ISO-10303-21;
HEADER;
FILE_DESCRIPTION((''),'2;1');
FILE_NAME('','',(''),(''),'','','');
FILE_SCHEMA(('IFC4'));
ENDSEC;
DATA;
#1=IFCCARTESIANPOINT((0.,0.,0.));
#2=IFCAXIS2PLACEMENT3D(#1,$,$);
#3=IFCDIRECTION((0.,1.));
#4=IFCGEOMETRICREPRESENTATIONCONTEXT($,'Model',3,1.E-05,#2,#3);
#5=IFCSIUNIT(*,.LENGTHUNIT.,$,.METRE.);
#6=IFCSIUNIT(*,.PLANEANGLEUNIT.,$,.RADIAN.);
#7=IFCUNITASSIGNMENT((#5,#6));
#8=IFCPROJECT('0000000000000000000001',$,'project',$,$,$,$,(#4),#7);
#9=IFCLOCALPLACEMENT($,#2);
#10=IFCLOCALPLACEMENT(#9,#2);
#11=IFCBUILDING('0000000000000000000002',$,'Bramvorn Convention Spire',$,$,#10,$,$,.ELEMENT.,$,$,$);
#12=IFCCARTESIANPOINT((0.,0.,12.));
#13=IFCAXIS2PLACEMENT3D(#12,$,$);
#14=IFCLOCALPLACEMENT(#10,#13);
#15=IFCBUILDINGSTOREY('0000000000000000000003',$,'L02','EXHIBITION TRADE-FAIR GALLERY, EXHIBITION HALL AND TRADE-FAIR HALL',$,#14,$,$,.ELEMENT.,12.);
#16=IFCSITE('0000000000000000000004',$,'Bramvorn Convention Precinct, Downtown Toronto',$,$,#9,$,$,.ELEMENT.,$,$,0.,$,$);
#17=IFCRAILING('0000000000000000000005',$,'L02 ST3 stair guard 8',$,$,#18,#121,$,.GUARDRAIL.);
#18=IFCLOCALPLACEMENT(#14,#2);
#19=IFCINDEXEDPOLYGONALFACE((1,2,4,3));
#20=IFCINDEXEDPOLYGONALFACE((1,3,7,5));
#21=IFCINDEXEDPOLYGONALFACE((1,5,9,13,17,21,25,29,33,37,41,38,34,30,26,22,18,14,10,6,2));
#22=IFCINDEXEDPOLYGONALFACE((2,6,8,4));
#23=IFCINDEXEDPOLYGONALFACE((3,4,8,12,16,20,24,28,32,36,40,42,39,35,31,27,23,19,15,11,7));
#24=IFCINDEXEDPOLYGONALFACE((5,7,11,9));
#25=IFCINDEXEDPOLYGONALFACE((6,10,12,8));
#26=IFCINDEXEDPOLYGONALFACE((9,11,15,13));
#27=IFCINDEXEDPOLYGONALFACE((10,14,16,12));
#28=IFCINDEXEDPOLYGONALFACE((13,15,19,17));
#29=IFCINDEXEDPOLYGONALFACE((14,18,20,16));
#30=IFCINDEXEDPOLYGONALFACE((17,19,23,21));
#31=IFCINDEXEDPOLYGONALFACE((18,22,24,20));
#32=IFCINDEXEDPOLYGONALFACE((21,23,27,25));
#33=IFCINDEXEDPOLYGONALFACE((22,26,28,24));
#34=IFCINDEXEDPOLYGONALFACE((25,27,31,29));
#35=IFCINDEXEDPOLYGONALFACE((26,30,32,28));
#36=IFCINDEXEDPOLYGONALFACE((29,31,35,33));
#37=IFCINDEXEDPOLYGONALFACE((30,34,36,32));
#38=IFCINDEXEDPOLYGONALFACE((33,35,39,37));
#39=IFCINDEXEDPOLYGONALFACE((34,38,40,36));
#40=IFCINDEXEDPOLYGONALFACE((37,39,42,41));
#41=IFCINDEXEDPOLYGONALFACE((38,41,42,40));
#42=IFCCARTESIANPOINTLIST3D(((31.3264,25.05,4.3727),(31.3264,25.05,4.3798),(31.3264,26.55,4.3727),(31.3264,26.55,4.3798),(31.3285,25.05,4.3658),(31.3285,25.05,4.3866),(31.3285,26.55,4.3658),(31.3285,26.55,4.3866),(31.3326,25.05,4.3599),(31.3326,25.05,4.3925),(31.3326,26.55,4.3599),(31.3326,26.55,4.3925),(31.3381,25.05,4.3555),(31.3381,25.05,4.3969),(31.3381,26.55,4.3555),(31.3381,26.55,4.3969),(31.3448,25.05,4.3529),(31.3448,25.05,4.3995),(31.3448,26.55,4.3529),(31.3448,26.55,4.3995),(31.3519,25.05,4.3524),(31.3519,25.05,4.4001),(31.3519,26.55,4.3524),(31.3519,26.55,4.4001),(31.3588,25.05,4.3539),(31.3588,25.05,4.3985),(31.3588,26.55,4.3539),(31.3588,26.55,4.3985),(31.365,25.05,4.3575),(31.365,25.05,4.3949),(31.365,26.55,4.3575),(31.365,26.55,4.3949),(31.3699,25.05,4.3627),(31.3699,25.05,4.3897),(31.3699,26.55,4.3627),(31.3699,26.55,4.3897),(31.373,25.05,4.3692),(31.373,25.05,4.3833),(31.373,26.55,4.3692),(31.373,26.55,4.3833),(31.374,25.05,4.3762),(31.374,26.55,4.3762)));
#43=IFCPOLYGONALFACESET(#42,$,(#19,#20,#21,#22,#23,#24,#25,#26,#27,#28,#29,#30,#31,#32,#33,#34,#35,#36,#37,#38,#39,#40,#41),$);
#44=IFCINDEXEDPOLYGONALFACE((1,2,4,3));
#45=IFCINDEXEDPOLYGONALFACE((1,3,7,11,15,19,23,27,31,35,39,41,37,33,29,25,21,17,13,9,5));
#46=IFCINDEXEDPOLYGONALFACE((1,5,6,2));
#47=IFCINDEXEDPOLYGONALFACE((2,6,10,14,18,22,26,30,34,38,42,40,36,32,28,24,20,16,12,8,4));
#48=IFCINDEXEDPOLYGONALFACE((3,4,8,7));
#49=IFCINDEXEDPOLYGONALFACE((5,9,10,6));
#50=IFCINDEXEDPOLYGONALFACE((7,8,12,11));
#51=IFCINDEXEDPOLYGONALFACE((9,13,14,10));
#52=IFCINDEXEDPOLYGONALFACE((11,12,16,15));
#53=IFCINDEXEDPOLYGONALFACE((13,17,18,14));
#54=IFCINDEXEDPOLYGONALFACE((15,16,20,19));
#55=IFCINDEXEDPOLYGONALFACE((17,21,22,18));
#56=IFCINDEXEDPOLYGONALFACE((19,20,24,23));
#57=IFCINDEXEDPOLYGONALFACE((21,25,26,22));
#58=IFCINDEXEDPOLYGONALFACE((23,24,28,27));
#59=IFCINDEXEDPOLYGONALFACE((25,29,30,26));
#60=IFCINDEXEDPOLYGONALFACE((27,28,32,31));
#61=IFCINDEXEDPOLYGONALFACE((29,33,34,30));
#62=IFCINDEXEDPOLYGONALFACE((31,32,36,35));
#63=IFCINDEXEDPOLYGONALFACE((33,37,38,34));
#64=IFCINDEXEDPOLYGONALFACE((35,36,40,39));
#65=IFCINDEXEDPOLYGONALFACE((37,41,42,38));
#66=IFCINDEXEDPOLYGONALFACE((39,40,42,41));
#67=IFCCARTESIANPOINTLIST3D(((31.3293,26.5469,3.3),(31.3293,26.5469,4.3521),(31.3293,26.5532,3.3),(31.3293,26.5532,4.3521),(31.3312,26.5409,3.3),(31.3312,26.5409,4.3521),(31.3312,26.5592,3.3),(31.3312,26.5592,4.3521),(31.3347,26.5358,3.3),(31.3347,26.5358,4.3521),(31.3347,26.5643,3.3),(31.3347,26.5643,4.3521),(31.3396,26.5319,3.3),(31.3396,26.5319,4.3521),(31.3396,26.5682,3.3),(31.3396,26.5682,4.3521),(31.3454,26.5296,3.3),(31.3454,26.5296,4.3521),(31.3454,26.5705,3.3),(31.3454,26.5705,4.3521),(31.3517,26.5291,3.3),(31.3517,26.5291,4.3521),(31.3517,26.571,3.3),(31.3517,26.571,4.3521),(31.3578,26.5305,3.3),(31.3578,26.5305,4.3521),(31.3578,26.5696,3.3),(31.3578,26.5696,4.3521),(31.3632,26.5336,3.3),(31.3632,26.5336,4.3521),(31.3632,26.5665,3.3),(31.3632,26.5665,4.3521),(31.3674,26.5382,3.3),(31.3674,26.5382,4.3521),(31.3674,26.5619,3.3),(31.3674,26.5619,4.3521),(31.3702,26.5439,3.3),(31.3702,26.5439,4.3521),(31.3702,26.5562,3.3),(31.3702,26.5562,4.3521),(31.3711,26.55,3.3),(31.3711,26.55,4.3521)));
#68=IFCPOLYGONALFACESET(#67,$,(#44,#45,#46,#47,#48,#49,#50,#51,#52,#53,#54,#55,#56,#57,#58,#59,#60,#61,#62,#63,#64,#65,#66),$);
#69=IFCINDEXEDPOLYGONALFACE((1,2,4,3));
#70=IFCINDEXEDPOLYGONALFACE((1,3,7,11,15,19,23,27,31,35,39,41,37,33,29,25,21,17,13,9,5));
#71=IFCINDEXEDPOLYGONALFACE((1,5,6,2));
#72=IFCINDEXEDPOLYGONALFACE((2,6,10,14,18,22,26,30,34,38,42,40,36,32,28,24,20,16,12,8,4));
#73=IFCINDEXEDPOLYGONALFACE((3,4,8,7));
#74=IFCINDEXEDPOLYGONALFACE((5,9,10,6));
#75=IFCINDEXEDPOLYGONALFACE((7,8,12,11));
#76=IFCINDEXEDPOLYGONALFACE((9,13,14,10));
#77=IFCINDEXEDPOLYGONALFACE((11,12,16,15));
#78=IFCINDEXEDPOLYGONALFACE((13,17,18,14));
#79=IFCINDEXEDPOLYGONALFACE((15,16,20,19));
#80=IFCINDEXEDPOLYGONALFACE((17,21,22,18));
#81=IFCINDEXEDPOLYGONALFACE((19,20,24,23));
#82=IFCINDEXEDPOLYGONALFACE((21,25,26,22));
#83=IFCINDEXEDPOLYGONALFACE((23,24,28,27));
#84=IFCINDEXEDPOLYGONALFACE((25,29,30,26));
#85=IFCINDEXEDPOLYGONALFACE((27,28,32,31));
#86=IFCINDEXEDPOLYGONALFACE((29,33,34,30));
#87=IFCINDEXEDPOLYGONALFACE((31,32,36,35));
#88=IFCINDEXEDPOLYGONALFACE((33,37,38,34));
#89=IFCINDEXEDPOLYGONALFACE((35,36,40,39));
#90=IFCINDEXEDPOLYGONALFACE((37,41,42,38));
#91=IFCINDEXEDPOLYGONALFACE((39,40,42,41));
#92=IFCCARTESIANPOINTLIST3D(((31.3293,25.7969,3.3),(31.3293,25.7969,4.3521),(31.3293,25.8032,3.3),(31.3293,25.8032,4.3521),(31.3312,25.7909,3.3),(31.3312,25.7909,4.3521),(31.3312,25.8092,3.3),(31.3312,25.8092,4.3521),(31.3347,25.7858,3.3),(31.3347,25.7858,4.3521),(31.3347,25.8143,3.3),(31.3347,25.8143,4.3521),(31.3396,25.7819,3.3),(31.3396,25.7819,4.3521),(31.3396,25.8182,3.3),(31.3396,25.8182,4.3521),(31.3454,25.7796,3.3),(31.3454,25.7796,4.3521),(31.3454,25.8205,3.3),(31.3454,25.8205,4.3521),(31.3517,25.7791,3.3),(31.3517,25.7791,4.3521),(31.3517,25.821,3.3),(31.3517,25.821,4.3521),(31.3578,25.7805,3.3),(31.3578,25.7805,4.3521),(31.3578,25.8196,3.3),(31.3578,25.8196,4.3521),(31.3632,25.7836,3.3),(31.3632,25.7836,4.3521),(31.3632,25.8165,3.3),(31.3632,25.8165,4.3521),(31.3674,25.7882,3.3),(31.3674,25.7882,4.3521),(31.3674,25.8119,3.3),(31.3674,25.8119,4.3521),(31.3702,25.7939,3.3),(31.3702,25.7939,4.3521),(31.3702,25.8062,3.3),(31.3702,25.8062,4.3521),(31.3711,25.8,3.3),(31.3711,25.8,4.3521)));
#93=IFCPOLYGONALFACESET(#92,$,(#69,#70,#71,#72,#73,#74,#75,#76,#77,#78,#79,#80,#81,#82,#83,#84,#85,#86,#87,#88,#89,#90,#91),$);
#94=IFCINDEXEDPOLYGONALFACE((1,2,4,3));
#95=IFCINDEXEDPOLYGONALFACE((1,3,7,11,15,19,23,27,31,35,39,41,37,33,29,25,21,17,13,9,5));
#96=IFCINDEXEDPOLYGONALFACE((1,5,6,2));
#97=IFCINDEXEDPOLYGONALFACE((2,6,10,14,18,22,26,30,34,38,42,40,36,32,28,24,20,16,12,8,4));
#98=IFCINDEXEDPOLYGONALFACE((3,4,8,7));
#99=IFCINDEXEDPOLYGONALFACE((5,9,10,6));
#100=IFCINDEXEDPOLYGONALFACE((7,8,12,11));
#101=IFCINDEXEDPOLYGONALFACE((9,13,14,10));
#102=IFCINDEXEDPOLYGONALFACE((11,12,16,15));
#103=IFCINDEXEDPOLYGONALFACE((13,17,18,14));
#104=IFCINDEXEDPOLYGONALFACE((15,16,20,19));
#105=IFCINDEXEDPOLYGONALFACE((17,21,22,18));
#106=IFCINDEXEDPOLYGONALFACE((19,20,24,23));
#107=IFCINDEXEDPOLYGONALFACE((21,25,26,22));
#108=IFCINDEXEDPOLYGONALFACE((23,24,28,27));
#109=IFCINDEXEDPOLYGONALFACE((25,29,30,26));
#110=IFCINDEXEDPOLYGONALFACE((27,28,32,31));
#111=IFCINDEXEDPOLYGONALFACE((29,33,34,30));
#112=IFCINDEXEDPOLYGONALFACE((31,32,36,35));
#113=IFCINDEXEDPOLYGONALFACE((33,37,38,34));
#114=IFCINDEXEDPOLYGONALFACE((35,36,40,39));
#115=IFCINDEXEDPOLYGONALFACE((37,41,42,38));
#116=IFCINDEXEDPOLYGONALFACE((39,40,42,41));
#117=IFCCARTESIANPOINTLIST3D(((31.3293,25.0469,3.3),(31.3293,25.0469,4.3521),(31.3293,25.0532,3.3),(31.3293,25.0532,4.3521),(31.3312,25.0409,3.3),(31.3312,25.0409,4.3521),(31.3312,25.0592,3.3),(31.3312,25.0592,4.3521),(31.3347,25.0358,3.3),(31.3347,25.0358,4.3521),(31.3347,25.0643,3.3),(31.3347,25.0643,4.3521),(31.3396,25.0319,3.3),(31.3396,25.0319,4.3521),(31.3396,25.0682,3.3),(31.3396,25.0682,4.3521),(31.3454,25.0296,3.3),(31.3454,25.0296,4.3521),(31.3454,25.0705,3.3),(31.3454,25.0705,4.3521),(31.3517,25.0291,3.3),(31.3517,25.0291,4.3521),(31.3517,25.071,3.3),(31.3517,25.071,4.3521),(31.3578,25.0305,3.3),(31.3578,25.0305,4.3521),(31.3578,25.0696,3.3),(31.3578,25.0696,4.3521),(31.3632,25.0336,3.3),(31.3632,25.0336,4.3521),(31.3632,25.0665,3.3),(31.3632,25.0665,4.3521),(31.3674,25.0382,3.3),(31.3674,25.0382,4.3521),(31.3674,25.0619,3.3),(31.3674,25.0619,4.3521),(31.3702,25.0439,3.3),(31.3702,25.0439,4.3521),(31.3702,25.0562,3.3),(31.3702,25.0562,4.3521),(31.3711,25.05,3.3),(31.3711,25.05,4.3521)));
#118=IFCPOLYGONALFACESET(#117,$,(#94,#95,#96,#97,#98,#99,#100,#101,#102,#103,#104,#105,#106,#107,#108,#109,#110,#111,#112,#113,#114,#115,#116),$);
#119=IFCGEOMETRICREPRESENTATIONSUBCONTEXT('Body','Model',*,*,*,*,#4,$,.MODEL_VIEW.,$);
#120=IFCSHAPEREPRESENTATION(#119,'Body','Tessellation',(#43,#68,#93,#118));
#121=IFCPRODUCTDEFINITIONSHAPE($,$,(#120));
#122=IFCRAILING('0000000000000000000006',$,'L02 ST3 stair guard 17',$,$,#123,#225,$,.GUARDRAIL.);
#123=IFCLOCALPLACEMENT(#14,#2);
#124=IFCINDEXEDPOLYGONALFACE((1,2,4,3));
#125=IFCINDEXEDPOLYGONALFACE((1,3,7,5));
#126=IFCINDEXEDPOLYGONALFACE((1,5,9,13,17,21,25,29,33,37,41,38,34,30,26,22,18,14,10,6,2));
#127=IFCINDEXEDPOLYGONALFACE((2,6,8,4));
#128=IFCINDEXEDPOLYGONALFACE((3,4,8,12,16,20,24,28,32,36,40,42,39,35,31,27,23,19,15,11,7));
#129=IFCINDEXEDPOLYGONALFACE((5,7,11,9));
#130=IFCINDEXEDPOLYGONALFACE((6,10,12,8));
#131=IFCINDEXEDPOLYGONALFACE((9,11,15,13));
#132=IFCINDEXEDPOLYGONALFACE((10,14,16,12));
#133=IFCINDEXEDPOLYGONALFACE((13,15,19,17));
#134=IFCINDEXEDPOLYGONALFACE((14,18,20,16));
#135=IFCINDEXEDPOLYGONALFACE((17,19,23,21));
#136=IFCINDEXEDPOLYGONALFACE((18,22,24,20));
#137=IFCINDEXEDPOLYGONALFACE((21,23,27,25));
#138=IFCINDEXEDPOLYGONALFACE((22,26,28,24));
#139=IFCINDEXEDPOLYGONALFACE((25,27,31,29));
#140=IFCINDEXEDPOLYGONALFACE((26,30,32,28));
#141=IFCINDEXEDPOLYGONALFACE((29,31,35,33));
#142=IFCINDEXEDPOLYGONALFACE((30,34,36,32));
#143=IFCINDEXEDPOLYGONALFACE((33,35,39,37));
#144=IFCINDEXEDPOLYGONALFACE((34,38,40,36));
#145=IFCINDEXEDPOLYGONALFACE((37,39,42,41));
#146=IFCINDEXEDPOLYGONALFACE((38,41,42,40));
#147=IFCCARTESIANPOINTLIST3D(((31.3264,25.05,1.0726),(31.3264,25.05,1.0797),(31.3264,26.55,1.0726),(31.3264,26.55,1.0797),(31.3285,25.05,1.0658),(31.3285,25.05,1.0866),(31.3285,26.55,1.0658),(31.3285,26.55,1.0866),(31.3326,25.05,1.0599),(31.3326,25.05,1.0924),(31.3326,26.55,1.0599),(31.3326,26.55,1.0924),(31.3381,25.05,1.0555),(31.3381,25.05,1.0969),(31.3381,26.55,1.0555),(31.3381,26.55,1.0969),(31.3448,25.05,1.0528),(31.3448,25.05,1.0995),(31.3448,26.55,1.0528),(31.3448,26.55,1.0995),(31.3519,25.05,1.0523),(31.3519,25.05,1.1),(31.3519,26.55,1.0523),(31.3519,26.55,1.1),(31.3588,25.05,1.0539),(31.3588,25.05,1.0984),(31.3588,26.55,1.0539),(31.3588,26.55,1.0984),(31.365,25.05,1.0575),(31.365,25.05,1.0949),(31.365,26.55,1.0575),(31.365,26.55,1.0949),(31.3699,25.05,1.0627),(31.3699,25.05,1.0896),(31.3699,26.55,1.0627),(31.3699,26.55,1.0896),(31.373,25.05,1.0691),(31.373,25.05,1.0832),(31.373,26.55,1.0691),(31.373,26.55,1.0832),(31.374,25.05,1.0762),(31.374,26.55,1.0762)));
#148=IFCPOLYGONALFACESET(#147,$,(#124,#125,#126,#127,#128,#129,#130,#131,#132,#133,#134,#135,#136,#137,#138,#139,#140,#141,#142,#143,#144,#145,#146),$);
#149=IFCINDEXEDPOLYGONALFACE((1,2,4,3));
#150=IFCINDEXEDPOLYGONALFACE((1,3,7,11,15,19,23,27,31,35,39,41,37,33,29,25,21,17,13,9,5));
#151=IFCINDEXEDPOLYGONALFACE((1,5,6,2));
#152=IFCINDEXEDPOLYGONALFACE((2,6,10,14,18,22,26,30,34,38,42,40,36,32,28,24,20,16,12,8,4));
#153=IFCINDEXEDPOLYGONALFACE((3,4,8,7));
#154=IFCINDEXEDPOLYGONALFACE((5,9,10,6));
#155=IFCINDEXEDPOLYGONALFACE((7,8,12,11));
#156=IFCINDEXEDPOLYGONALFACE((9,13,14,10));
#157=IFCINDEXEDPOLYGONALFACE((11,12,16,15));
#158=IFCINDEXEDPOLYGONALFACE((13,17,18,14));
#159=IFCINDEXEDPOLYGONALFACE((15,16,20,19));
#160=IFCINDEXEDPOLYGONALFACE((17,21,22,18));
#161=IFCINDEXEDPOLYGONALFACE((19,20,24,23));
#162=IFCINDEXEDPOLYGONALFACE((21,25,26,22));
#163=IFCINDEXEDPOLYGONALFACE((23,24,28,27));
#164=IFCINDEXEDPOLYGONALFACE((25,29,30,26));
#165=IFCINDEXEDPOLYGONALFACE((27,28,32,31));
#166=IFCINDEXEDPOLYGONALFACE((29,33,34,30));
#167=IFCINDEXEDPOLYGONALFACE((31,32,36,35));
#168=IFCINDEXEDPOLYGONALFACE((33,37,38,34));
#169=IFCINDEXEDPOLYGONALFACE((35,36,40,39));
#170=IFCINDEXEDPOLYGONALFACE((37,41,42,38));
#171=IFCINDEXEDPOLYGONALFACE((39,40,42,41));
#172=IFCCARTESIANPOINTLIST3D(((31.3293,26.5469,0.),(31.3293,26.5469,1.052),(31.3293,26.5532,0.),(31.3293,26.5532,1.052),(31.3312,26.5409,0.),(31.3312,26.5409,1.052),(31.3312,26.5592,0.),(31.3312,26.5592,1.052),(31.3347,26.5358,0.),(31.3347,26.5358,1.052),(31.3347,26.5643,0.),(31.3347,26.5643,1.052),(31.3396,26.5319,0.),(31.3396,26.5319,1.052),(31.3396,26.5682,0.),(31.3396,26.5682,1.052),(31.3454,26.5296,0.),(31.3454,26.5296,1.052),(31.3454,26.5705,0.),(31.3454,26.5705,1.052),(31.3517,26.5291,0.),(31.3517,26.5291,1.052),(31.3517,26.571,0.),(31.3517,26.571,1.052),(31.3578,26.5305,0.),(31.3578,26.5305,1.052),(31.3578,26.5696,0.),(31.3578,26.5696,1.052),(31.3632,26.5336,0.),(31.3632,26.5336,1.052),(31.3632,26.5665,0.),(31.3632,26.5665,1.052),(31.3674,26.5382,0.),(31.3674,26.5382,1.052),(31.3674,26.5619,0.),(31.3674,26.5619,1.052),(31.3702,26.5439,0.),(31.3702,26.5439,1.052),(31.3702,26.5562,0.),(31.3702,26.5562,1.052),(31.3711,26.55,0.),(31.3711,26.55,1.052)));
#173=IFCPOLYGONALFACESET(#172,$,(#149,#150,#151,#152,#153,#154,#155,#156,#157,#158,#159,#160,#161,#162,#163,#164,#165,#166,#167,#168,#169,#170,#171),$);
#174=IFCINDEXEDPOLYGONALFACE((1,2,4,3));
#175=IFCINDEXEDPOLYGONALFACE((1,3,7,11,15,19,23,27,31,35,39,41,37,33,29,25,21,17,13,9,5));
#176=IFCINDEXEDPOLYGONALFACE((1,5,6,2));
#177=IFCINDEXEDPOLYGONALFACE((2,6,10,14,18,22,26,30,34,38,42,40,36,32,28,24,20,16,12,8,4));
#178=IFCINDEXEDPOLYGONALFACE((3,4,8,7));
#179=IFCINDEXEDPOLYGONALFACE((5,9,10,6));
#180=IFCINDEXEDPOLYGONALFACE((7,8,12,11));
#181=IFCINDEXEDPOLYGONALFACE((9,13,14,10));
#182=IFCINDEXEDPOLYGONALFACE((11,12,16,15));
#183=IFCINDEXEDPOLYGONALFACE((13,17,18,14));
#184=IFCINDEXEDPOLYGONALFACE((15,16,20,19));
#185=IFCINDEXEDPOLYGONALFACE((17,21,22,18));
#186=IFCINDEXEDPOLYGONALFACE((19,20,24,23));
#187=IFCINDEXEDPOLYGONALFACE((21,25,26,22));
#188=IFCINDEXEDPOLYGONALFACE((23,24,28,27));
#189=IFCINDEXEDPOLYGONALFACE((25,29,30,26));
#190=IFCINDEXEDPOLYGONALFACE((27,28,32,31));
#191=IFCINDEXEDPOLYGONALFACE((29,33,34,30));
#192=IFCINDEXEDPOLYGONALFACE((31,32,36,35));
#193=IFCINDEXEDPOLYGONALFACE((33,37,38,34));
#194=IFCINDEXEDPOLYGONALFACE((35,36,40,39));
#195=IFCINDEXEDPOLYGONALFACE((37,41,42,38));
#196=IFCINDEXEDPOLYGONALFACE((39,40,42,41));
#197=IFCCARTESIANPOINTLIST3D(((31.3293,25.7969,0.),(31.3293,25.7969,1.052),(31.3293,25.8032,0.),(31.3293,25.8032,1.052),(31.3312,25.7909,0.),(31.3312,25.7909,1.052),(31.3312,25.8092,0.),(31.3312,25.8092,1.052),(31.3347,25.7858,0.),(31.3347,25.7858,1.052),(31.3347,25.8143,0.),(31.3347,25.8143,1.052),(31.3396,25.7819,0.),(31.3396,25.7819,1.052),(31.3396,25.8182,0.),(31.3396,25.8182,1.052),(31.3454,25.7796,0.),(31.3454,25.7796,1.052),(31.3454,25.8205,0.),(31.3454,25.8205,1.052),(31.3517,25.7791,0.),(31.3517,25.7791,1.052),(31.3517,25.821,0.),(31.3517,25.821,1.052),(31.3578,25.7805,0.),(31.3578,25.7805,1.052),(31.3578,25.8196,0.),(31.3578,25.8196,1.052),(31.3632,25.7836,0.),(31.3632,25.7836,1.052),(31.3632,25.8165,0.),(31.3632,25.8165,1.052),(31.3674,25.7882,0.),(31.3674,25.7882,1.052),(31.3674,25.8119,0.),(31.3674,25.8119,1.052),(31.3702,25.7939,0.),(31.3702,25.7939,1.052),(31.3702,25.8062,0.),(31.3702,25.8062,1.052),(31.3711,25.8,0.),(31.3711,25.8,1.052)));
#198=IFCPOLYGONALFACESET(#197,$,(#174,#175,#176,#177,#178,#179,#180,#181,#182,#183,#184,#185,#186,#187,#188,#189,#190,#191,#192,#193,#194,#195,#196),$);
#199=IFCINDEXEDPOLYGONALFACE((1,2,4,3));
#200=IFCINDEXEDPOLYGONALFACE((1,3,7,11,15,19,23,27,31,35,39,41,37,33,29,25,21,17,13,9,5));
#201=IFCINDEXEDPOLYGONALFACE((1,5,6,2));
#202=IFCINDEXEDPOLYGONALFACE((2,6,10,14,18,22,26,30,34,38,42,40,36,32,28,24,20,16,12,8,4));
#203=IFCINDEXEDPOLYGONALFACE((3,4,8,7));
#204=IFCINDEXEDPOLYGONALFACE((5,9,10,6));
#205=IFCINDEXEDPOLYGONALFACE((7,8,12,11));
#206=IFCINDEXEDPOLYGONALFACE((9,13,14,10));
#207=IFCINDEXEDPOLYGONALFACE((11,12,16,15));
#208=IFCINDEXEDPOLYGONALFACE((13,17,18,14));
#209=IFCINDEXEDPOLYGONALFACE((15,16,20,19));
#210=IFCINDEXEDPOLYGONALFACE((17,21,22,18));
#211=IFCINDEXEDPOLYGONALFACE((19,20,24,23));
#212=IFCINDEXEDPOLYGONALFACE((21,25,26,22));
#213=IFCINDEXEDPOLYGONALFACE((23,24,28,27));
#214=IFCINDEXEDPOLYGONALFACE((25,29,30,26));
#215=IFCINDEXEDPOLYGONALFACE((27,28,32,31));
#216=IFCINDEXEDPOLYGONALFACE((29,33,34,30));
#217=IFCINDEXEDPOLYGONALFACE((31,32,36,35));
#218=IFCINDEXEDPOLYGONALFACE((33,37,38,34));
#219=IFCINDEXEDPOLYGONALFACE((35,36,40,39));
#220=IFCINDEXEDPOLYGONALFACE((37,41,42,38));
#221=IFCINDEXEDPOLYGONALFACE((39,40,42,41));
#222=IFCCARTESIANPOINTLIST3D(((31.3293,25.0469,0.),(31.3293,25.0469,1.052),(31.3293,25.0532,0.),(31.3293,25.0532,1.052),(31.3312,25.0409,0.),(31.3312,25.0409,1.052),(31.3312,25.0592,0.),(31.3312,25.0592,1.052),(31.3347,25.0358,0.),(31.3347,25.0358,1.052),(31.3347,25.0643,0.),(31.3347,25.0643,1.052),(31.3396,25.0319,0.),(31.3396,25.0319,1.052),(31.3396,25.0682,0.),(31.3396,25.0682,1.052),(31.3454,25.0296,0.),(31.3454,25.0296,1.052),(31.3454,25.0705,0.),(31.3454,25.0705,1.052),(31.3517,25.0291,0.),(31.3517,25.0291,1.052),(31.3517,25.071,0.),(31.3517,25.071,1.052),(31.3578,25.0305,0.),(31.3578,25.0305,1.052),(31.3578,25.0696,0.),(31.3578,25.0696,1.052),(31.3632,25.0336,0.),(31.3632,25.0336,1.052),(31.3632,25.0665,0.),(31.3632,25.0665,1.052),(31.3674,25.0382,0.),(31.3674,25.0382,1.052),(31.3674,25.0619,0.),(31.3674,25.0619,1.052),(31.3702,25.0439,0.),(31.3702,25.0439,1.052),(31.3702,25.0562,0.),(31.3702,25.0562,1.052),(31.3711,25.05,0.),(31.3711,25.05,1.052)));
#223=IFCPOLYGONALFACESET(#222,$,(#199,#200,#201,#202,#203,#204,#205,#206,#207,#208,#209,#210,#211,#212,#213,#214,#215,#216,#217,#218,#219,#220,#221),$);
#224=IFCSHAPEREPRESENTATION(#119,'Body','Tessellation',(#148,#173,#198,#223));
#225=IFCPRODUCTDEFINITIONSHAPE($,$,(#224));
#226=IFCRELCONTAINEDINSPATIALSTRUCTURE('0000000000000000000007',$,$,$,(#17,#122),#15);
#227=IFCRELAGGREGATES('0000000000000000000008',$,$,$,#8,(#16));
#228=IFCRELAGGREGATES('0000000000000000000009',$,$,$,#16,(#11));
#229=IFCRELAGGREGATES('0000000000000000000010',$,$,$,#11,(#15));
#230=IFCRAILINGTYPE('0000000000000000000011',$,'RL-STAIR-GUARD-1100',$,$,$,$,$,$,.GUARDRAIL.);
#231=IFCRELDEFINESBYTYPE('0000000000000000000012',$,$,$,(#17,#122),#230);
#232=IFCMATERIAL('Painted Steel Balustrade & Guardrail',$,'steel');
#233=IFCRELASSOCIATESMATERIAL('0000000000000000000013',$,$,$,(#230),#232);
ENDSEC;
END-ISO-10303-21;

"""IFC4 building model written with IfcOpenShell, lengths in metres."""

from ifc_helpers import new_model, si_unit, direction, frame, origin, origin_2d, place, context, subcontext, project, spatial, circle, extrude, material, type_object, element, save


model = new_model("IFC4")

# Units and contexts
model_context = context("Model", 3, precision=1e-05, world=origin(), true_north=direction((0.0, 1.0)))
body_context = subcontext(model_context, "Body", "Model", "MODEL_VIEW")
ifc_project = project(units=[si_unit("LENGTHUNIT", "METRE"), si_unit("PLANEANGLEUNIT", "RADIAN")], contexts=[model_context])

# Site, building, storey
site_placement = place(None, origin())
site = spatial("IfcSite", under=ifc_project, at=site_placement, Name="Bramvorn Convention Precinct, Downtown Toronto", CompositionType="ELEMENT", RefElevation=0.0)
building_placement = place(site_placement, origin())
building = spatial("IfcBuilding", under=site, at=building_placement, Name="Bramvorn Convention Spire", CompositionType="ELEMENT")
storey_placement = place(building_placement, frame((0.0, 0.0, 12.0)))
storey = spatial("IfcBuildingStorey", under=building, at=storey_placement, Name="L02", Description="EXHIBITION TRADE-FAIR GALLERY, EXHIBITION HALL AND TRADE-FAIR HALL", CompositionType="ELEMENT", Elevation=12.0)

# Railings
ifc_material_1 = material(Name="Painted Steel Balustrade & Guardrail", Category="steel")
railing_type = type_object("IfcRailingType", Name="RL-STAIR-GUARD-1100", PredefinedType="GUARDRAIL", material=ifc_material_1)
for number, where, name in (
    (1, (31.3501, 26.55, 3.3), "L02 ST3 stair guard 8"),
    (2, (31.3501, 26.55, 0.0), "L02 ST3 stair guard 17"),
):
    element("IfcRailing", number, at=place(storey_placement, frame(where)), inside=storey, type_object=railing_type, Name=name, PredefinedType="GUARDRAIL", context=body_context, shape_type="SweptSolid", body=[
        extrude(circle(Radius=0.0239, at=origin_2d()), frame((0.0, 0.0, 1.0762), z_axis=(0.0, -1.0, 0.0), x_axis=(1.0, 0.0, 0.0)), (0.0, 0.0, 1.0), 1.5),
        extrude(circle(Radius=0.021, at=origin_2d()), origin(), (0.0, 0.0, 1.0), 1.052),
        extrude(circle(Radius=0.021, at=origin_2d()), frame((0.0, -0.75, 0.0)), (0.0, 0.0, 1.0), 1.052),
        extrude(circle(Radius=0.021, at=origin_2d()), frame((0.0, -1.5, 0.0)), (0.0, 0.0, 1.0), 1.052),
    ])

save(model, "model.ifc")
